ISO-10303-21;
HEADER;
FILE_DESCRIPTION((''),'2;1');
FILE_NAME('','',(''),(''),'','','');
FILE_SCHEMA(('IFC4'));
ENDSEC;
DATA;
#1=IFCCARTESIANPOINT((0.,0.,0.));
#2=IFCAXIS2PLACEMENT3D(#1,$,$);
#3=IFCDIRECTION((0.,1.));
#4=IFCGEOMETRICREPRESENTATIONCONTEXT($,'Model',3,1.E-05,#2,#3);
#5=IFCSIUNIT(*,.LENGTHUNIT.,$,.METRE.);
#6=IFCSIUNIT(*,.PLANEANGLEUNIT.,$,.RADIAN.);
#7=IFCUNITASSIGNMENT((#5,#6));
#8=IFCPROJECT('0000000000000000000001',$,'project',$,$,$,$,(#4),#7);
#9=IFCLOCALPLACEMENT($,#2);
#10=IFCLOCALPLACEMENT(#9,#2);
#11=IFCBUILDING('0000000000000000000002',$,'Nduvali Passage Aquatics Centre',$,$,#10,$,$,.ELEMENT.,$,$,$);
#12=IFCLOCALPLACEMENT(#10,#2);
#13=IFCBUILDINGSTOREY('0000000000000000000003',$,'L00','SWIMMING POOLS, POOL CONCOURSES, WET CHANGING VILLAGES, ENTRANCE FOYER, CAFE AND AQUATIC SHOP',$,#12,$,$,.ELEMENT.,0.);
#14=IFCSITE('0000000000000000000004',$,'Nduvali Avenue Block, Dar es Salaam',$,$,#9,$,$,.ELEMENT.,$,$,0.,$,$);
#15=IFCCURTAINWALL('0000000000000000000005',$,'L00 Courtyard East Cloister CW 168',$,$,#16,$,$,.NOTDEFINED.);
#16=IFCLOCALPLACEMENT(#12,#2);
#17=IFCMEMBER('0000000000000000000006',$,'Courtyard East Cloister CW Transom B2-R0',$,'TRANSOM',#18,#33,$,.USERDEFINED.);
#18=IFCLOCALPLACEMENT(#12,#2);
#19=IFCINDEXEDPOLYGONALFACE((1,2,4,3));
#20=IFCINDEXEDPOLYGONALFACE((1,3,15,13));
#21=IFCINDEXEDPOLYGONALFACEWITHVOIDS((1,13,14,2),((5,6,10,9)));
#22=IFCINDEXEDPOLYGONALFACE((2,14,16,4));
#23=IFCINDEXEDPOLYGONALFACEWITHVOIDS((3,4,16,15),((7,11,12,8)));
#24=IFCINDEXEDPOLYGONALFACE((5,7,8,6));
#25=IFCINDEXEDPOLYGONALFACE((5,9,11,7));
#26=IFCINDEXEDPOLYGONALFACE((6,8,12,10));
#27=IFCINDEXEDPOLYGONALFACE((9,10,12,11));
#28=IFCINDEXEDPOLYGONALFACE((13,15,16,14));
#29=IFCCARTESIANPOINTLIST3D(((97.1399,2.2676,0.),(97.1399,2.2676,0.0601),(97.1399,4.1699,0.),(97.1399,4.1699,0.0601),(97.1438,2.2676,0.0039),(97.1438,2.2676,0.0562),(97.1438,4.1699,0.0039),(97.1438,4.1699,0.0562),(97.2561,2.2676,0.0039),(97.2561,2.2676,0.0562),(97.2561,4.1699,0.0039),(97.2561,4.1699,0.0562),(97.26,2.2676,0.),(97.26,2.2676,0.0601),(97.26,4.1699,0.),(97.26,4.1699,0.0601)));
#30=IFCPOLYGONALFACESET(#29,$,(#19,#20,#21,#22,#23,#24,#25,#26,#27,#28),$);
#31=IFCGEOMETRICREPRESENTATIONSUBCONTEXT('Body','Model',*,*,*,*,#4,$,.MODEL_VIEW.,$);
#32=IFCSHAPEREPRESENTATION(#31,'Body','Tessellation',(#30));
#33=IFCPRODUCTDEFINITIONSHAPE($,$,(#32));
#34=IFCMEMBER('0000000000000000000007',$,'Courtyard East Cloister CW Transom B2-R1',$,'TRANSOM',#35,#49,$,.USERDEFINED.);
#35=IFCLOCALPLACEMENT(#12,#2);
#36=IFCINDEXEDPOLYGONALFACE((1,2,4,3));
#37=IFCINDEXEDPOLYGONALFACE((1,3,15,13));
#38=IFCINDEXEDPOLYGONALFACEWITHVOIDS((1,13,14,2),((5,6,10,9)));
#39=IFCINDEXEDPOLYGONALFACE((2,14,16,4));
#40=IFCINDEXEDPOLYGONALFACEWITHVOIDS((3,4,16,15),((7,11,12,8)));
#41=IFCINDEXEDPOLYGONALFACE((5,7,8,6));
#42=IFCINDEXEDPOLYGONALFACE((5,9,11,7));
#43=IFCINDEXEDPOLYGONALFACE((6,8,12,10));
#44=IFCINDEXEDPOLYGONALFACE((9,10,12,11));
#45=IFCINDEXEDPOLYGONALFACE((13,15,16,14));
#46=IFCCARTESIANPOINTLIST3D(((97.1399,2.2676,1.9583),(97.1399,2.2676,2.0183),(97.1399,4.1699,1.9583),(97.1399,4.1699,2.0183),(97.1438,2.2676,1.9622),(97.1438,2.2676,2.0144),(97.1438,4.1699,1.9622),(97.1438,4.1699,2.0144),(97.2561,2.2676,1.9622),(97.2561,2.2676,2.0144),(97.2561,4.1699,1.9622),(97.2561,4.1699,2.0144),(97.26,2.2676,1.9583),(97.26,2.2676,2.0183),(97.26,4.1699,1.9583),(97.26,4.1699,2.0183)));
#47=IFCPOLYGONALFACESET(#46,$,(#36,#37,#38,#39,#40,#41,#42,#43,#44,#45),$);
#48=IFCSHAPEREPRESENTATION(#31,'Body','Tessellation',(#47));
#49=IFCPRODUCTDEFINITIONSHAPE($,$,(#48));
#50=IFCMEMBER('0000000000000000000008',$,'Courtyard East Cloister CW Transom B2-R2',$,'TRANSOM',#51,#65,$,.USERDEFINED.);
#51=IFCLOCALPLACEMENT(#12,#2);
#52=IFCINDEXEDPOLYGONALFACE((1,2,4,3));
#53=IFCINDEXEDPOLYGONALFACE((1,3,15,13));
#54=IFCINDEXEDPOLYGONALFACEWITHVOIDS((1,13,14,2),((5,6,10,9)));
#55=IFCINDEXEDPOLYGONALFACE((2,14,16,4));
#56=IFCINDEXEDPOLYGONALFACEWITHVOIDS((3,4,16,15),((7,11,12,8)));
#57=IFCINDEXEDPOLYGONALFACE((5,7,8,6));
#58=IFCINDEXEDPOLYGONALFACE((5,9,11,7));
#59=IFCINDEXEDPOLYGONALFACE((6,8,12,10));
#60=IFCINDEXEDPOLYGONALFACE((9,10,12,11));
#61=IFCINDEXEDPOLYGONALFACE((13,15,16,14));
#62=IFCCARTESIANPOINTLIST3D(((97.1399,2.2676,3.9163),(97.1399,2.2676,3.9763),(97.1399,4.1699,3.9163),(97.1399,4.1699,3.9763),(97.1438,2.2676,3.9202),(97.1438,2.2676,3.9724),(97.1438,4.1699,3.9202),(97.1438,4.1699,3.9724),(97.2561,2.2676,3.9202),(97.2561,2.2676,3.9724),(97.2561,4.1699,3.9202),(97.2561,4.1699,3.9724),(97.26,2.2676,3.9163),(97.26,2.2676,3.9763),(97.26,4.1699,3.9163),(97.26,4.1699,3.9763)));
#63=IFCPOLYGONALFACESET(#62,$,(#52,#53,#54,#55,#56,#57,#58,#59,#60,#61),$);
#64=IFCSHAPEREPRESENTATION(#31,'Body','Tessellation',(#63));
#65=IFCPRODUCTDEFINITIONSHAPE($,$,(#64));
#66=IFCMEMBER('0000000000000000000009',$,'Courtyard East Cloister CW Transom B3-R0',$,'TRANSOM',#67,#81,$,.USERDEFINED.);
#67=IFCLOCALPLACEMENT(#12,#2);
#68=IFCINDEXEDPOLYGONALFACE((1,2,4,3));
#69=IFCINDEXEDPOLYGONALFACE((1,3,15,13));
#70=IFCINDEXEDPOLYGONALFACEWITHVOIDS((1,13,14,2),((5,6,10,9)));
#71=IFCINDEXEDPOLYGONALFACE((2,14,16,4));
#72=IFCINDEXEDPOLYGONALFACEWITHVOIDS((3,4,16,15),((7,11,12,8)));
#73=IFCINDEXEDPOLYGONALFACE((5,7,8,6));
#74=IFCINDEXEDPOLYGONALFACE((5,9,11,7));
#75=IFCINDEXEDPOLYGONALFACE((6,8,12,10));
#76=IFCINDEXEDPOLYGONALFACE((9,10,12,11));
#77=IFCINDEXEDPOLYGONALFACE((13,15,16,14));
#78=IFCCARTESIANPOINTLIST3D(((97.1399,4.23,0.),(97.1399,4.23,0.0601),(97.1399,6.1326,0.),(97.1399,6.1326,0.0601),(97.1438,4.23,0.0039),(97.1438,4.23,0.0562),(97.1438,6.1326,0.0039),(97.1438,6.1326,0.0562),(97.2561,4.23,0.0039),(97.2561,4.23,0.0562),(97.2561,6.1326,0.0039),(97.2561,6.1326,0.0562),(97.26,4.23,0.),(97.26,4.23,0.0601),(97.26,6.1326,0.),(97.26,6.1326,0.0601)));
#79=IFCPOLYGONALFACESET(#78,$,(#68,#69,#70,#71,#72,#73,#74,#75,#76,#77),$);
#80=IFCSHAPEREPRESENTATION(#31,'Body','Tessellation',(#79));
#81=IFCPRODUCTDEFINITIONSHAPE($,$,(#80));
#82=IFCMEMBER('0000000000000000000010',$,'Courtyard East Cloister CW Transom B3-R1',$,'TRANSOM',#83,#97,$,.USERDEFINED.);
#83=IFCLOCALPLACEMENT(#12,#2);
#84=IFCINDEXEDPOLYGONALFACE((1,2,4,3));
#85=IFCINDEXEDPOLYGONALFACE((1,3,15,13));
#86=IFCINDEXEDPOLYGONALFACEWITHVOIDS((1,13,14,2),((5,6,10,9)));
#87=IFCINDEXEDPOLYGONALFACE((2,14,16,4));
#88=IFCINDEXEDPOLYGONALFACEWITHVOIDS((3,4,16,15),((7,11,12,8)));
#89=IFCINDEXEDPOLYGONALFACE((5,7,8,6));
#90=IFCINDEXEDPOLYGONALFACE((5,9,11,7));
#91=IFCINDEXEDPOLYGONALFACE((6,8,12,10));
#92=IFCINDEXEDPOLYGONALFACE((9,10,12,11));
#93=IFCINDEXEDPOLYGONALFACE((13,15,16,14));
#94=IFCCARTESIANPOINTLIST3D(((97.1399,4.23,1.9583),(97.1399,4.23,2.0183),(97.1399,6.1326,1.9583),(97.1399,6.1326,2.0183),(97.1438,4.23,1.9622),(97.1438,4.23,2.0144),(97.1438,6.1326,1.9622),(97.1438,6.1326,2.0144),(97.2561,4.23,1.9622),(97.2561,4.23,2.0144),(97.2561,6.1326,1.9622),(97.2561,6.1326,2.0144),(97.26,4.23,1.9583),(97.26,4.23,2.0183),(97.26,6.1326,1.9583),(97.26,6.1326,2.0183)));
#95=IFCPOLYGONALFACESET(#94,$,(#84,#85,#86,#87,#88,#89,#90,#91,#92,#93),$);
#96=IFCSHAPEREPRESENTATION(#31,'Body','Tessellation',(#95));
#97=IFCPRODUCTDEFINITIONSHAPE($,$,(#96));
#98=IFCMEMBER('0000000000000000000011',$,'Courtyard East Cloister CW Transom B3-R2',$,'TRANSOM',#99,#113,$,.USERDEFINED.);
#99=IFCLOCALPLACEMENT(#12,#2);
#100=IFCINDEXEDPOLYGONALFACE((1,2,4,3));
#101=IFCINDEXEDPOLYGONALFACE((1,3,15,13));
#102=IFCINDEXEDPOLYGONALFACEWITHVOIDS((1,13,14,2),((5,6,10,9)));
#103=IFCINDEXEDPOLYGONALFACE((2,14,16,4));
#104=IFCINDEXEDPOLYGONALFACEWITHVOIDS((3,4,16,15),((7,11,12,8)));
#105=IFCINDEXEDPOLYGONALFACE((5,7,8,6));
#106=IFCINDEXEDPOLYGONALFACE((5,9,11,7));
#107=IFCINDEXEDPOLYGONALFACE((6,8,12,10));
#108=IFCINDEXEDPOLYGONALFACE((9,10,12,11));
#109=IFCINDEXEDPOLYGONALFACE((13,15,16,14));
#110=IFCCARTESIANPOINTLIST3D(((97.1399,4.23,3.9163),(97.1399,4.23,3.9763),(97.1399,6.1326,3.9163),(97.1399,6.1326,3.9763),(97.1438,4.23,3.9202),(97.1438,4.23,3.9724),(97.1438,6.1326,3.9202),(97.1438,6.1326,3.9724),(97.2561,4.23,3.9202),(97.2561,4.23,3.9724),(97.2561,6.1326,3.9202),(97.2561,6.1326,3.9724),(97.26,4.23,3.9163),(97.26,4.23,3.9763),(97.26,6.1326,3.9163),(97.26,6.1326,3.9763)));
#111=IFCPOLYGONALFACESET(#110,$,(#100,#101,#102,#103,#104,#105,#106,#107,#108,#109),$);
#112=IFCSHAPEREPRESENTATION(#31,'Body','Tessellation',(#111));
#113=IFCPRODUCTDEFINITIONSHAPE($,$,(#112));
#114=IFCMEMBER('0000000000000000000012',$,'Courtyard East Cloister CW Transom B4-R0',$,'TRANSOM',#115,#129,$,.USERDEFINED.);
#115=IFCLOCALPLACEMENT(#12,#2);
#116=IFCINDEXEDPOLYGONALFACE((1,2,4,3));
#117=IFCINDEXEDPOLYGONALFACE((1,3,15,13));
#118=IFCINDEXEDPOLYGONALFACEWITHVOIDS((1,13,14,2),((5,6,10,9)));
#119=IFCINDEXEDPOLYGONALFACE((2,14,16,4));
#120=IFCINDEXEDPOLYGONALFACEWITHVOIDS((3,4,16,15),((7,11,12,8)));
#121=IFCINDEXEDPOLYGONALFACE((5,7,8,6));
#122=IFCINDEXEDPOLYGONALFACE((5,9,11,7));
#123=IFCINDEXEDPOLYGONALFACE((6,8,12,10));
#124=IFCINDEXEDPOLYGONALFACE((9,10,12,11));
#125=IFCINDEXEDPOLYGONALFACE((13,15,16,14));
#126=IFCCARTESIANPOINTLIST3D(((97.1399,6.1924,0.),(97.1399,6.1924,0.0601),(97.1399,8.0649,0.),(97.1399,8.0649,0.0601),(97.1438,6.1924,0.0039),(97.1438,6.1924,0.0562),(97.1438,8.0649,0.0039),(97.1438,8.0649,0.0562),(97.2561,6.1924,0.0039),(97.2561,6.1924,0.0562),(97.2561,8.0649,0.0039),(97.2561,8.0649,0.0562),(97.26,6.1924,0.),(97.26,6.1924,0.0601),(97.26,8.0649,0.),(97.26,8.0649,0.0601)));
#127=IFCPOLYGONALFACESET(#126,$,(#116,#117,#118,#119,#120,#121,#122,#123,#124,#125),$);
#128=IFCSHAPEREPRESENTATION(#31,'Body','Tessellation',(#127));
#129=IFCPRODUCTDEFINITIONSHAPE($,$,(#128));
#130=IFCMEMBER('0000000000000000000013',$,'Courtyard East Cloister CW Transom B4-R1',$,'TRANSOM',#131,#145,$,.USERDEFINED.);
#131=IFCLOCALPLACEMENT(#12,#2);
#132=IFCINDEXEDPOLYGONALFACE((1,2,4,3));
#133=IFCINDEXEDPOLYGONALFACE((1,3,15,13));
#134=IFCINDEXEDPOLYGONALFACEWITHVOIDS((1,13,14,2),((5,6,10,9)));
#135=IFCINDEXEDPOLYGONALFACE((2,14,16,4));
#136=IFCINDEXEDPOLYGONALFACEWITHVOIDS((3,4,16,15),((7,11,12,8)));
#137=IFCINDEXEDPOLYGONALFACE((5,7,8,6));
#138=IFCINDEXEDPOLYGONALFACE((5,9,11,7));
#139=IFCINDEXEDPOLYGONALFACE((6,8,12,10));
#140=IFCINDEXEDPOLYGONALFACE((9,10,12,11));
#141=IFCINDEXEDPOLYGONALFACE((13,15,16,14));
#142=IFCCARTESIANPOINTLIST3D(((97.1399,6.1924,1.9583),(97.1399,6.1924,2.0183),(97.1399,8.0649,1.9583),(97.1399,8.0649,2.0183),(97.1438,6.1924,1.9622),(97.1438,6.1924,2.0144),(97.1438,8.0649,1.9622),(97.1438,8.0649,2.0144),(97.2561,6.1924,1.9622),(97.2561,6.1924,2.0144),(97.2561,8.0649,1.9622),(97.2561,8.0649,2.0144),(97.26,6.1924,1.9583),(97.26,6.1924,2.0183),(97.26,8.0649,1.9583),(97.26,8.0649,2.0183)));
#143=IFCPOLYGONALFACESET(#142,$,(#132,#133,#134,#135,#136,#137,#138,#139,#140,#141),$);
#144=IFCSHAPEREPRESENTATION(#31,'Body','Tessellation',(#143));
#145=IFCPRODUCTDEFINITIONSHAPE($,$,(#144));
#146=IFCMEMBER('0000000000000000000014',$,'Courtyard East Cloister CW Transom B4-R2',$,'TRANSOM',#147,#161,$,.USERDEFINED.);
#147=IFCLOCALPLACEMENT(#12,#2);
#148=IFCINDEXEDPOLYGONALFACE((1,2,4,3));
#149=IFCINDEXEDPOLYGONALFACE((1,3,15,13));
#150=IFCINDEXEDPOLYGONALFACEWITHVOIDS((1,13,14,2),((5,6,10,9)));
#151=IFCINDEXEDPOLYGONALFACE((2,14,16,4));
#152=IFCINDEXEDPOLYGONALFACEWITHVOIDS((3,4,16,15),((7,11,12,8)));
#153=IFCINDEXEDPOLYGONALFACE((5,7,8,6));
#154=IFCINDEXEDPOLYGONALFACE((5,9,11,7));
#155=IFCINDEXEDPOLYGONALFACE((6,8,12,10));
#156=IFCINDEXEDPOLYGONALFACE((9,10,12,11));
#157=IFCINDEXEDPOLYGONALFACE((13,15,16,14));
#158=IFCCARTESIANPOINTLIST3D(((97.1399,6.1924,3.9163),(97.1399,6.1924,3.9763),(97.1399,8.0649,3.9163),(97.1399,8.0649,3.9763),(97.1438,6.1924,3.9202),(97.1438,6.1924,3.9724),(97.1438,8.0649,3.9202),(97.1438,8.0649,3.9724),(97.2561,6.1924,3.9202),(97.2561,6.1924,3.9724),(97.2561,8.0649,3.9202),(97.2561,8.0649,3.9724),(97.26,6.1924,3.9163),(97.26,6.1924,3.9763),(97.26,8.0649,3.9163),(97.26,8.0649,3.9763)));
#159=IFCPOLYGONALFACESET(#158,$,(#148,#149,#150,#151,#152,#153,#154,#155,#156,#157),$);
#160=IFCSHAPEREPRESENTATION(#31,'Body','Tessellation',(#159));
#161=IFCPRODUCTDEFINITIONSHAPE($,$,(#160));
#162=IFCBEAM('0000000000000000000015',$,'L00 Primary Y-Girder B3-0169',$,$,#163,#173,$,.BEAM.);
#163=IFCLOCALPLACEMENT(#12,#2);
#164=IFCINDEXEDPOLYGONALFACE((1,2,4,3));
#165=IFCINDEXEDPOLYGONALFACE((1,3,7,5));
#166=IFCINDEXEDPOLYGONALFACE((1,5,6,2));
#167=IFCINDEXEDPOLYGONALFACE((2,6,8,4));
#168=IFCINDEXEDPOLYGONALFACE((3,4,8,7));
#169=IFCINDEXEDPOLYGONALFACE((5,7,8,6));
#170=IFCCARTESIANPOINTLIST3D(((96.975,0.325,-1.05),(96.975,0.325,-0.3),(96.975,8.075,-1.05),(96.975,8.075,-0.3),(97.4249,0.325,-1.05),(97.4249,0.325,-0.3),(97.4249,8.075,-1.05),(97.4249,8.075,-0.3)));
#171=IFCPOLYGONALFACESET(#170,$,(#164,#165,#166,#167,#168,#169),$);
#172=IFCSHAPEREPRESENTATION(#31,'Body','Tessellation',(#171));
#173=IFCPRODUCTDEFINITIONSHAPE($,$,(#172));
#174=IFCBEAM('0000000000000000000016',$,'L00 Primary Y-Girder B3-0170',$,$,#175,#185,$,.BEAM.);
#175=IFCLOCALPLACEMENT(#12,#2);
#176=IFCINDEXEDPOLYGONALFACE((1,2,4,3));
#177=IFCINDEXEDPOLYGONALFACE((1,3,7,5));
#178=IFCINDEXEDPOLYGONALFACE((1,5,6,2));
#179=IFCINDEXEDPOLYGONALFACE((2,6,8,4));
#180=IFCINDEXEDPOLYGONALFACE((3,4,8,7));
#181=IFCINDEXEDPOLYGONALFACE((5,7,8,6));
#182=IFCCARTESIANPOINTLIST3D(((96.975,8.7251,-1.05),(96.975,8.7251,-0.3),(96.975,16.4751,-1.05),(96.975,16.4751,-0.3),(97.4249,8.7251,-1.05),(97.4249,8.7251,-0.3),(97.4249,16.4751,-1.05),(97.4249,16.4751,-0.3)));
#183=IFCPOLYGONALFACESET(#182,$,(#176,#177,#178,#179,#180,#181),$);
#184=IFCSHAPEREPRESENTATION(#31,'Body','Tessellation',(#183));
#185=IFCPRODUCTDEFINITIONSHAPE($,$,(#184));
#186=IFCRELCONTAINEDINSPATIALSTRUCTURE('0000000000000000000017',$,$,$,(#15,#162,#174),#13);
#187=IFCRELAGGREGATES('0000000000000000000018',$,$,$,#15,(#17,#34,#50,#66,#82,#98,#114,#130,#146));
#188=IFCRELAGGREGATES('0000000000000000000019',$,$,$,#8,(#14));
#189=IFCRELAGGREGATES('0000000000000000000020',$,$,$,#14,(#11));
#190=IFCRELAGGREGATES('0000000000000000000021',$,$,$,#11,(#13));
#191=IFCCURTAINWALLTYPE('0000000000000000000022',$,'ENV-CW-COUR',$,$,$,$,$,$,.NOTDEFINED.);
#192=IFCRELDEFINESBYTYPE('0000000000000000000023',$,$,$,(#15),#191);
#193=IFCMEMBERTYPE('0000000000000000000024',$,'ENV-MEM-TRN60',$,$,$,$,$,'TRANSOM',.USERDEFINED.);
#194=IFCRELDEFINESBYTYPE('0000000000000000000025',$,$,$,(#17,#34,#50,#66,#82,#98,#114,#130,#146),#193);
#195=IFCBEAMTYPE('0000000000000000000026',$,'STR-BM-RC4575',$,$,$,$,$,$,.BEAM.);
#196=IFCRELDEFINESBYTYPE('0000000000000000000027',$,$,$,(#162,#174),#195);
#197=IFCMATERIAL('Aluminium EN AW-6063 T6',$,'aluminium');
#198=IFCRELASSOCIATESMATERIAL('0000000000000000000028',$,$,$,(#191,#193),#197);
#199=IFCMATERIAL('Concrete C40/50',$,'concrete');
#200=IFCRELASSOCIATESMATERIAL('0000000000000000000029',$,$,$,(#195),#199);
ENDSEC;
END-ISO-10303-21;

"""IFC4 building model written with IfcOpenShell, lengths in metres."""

from ifc_helpers import new_model, si_unit, direction, frame, origin, origin_2d, place, context, subcontext, project, spatial, rectangle, hollow_rectangle, extrude, material, material_profile, profile_set, type_object, element, aggregate, save


model = new_model("IFC4")

# Units and contexts
model_context = context("Model", 3, precision=1e-05, world=origin(), true_north=direction((0.0, 1.0)))
body_context = subcontext(model_context, "Body", "Model", "MODEL_VIEW")
ifc_project = project(units=[si_unit("LENGTHUNIT", "METRE"), si_unit("PLANEANGLEUNIT", "RADIAN")], contexts=[model_context])

# Site, building, storey
site_placement = place(None, origin())
site = spatial("IfcSite", under=ifc_project, at=site_placement, Name="Nduvali Avenue Block, Dar es Salaam", CompositionType="ELEMENT", RefElevation=0.0)
building_placement = place(site_placement, origin())
building = spatial("IfcBuilding", under=site, at=building_placement, Name="Nduvali Passage Aquatics Centre", CompositionType="ELEMENT")
storey_placement = place(building_placement, origin())
storey = spatial("IfcBuildingStorey", under=building, at=storey_placement, Name="L00", Description="SWIMMING POOLS, POOL CONCOURSES, WET CHANGING VILLAGES, ENTRANCE FOYER, CAFE AND AQUATIC SHOP", CompositionType="ELEMENT", Elevation=0.0)

# Shared definitions
ifc_material_1 = material(Name="Concrete C40/50", Category="concrete")

# Curtain wall
ifc_material_2 = material(Name="Aluminium EN AW-6063 T6", Category="aluminium")
curtain_wall_type = type_object("IfcCurtainWallType", Name="ENV-CW-COUR", PredefinedType="NOTDEFINED", material=ifc_material_2)
curtain_wall_1_placement = place(storey_placement, origin())
curtain_wall_1 = element("IfcCurtainWall", 1, at=curtain_wall_1_placement, inside=storey, type_object=curtain_wall_type, Name="L00 Courtyard East Cloister CW 168", PredefinedType="NOTDEFINED")

# Members
ifc_material_profile_1 = material_profile(ifc_material_2, hollow_rectangle(XDim=0.1201, YDim=0.0601, WallThickness=0.0039, at=origin_2d()), Name="ALU TRANSOM 120x60x4")
ifc_profile_set_1 = profile_set([ifc_material_profile_1], Name="Aluminium EN AW-6063 T6")
member_type_1 = type_object("IfcMemberType", Name="ENV-MEM-TRN60", ElementType="TRANSOM", PredefinedType="USERDEFINED", material=ifc_profile_set_1)
member_1_placement = place(storey_placement, frame((97.2, 2.2676, 0.03), z_axis=(0.0, 1.0, 0.0), x_axis=(-1.0, 0.0, 0.0)))
member_1 = element("IfcMember", 2, at=member_1_placement, type_object=member_type_1, Name="Courtyard East Cloister CW Transom B2-R0", ObjectType="TRANSOM", PredefinedType="USERDEFINED", context=body_context, shape_type="SweptSolid", body=[
    extrude(hollow_rectangle(XDim=0.1201, YDim=0.0601, WallThickness=0.0039, at=origin_2d()), origin(), (0.0, 0.0, 1.0), 1.9023),
])
member_2_placement = place(storey_placement, frame((97.2, 2.2676, 1.9883), z_axis=(0.0, 1.0, 0.0), x_axis=(-1.0, 0.0, 0.0)))
member_2 = element("IfcMember", 3, at=member_2_placement, type_object=member_type_1, Name="Courtyard East Cloister CW Transom B2-R1", ObjectType="TRANSOM", PredefinedType="USERDEFINED", context=body_context, shape_type="SweptSolid", body=[
    extrude(hollow_rectangle(XDim=0.1201, YDim=0.0601, WallThickness=0.0039, at=origin_2d()), origin(), (0.0, 0.0, 1.0), 1.9023),
])
member_3_placement = place(storey_placement, frame((97.2, 2.2676, 3.9463), z_axis=(0.0, 1.0, 0.0), x_axis=(-1.0, 0.0, 0.0)))
member_3 = element("IfcMember", 4, at=member_3_placement, type_object=member_type_1, Name="Courtyard East Cloister CW Transom B2-R2", ObjectType="TRANSOM", PredefinedType="USERDEFINED", context=body_context, shape_type="SweptSolid", body=[
    extrude(hollow_rectangle(XDim=0.1201, YDim=0.0601, WallThickness=0.0039, at=origin_2d()), origin(), (0.0, 0.0, 1.0), 1.9023),
])
member_4_placement = place(storey_placement, frame((97.2, 4.23, 0.03), z_axis=(0.0, 1.0, 0.0), x_axis=(-1.0, 0.0, 0.0)))
member_4 = element("IfcMember", 5, at=member_4_placement, type_object=member_type_1, Name="Courtyard East Cloister CW Transom B3-R0", ObjectType="TRANSOM", PredefinedType="USERDEFINED", context=body_context, shape_type="SweptSolid", body=[
    extrude(hollow_rectangle(XDim=0.1201, YDim=0.0601, WallThickness=0.0039, at=origin_2d()), origin(), (0.0, 0.0, 1.0), 1.9026),
])
member_5_placement = place(storey_placement, frame((97.2, 4.23, 1.9883), z_axis=(0.0, 1.0, 0.0), x_axis=(-1.0, 0.0, 0.0)))
member_5 = element("IfcMember", 6, at=member_5_placement, type_object=member_type_1, Name="Courtyard East Cloister CW Transom B3-R1", ObjectType="TRANSOM", PredefinedType="USERDEFINED", context=body_context, shape_type="SweptSolid", body=[
    extrude(hollow_rectangle(XDim=0.1201, YDim=0.0601, WallThickness=0.0039, at=origin_2d()), origin(), (0.0, 0.0, 1.0), 1.9026),
])
member_6_placement = place(storey_placement, frame((97.2, 4.23, 3.9463), z_axis=(0.0, 1.0, 0.0), x_axis=(-1.0, 0.0, 0.0)))
member_6 = element("IfcMember", 7, at=member_6_placement, type_object=member_type_1, Name="Courtyard East Cloister CW Transom B3-R2", ObjectType="TRANSOM", PredefinedType="USERDEFINED", context=body_context, shape_type="SweptSolid", body=[
    extrude(hollow_rectangle(XDim=0.1201, YDim=0.0601, WallThickness=0.0039, at=origin_2d()), origin(), (0.0, 0.0, 1.0), 1.9026),
])
member_7_placement = place(storey_placement, frame((97.2, 6.1924, 0.03), z_axis=(0.0, 1.0, 0.0), x_axis=(-1.0, 0.0, 0.0)))
member_7 = element("IfcMember", 8, at=member_7_placement, type_object=member_type_1, Name="Courtyard East Cloister CW Transom B4-R0", ObjectType="TRANSOM", PredefinedType="USERDEFINED", context=body_context, shape_type="SweptSolid", body=[
    extrude(hollow_rectangle(XDim=0.1201, YDim=0.0601, WallThickness=0.0039, at=origin_2d()), origin(), (0.0, 0.0, 1.0), 1.8726),
])
member_8_placement = place(storey_placement, frame((97.2, 6.1924, 1.9883), z_axis=(0.0, 1.0, 0.0), x_axis=(-1.0, 0.0, 0.0)))
member_8 = element("IfcMember", 9, at=member_8_placement, type_object=member_type_1, Name="Courtyard East Cloister CW Transom B4-R1", ObjectType="TRANSOM", PredefinedType="USERDEFINED", context=body_context, shape_type="SweptSolid", body=[
    extrude(hollow_rectangle(XDim=0.1201, YDim=0.0601, WallThickness=0.0039, at=origin_2d()), origin(), (0.0, 0.0, 1.0), 1.8726),
])
member_9_placement = place(storey_placement, frame((97.2, 6.1924, 3.9463), z_axis=(0.0, 1.0, 0.0), x_axis=(-1.0, 0.0, 0.0)))
member_9 = element("IfcMember", 10, at=member_9_placement, type_object=member_type_1, Name="Courtyard East Cloister CW Transom B4-R2", ObjectType="TRANSOM", PredefinedType="USERDEFINED", context=body_context, shape_type="SweptSolid", body=[
    extrude(hollow_rectangle(XDim=0.1201, YDim=0.0601, WallThickness=0.0039, at=origin_2d()), origin(), (0.0, 0.0, 1.0), 1.8726),
])

# Beams
ifc_material_profile_2 = material_profile(ifc_material_1, rectangle(XDim=0.45, YDim=0.75, at=origin_2d()), Name="RC 450x750")
ifc_profile_set_2 = profile_set([ifc_material_profile_2], Name="Concrete C40/50")
beam_type = type_object("IfcBeamType", Name="STR-BM-RC4575", PredefinedType="BEAM", material=ifc_profile_set_2)
for number, where, z_axis, x_axis, name in (
    (11, (97.2, 0.325, -0.675), (0.0, 1.0, 0.0), (-1.0, 0.0, 0.0), "L00 Primary Y-Girder B3-0169"),
    (12, (97.2, 8.7251, -0.675), (0.0, 1.0, 0.0), (-1.0, 0.0, 0.0), "L00 Primary Y-Girder B3-0170"),
):
    element("IfcBeam", number, at=place(storey_placement, frame(where, z_axis=z_axis, x_axis=x_axis)), inside=storey, type_object=beam_type, Name=name, PredefinedType="BEAM", context=body_context, shape_type="SweptSolid", body=[
        extrude(rectangle(XDim=0.45, YDim=0.75, at=origin_2d()), origin(), (0.0, 0.0, 1.0), 7.75),
    ])

aggregate(curtain_wall_1, [member_1, member_2, member_3, member_4, member_5, member_6, member_7, member_8, member_9])

save(model, "model.ifc")
